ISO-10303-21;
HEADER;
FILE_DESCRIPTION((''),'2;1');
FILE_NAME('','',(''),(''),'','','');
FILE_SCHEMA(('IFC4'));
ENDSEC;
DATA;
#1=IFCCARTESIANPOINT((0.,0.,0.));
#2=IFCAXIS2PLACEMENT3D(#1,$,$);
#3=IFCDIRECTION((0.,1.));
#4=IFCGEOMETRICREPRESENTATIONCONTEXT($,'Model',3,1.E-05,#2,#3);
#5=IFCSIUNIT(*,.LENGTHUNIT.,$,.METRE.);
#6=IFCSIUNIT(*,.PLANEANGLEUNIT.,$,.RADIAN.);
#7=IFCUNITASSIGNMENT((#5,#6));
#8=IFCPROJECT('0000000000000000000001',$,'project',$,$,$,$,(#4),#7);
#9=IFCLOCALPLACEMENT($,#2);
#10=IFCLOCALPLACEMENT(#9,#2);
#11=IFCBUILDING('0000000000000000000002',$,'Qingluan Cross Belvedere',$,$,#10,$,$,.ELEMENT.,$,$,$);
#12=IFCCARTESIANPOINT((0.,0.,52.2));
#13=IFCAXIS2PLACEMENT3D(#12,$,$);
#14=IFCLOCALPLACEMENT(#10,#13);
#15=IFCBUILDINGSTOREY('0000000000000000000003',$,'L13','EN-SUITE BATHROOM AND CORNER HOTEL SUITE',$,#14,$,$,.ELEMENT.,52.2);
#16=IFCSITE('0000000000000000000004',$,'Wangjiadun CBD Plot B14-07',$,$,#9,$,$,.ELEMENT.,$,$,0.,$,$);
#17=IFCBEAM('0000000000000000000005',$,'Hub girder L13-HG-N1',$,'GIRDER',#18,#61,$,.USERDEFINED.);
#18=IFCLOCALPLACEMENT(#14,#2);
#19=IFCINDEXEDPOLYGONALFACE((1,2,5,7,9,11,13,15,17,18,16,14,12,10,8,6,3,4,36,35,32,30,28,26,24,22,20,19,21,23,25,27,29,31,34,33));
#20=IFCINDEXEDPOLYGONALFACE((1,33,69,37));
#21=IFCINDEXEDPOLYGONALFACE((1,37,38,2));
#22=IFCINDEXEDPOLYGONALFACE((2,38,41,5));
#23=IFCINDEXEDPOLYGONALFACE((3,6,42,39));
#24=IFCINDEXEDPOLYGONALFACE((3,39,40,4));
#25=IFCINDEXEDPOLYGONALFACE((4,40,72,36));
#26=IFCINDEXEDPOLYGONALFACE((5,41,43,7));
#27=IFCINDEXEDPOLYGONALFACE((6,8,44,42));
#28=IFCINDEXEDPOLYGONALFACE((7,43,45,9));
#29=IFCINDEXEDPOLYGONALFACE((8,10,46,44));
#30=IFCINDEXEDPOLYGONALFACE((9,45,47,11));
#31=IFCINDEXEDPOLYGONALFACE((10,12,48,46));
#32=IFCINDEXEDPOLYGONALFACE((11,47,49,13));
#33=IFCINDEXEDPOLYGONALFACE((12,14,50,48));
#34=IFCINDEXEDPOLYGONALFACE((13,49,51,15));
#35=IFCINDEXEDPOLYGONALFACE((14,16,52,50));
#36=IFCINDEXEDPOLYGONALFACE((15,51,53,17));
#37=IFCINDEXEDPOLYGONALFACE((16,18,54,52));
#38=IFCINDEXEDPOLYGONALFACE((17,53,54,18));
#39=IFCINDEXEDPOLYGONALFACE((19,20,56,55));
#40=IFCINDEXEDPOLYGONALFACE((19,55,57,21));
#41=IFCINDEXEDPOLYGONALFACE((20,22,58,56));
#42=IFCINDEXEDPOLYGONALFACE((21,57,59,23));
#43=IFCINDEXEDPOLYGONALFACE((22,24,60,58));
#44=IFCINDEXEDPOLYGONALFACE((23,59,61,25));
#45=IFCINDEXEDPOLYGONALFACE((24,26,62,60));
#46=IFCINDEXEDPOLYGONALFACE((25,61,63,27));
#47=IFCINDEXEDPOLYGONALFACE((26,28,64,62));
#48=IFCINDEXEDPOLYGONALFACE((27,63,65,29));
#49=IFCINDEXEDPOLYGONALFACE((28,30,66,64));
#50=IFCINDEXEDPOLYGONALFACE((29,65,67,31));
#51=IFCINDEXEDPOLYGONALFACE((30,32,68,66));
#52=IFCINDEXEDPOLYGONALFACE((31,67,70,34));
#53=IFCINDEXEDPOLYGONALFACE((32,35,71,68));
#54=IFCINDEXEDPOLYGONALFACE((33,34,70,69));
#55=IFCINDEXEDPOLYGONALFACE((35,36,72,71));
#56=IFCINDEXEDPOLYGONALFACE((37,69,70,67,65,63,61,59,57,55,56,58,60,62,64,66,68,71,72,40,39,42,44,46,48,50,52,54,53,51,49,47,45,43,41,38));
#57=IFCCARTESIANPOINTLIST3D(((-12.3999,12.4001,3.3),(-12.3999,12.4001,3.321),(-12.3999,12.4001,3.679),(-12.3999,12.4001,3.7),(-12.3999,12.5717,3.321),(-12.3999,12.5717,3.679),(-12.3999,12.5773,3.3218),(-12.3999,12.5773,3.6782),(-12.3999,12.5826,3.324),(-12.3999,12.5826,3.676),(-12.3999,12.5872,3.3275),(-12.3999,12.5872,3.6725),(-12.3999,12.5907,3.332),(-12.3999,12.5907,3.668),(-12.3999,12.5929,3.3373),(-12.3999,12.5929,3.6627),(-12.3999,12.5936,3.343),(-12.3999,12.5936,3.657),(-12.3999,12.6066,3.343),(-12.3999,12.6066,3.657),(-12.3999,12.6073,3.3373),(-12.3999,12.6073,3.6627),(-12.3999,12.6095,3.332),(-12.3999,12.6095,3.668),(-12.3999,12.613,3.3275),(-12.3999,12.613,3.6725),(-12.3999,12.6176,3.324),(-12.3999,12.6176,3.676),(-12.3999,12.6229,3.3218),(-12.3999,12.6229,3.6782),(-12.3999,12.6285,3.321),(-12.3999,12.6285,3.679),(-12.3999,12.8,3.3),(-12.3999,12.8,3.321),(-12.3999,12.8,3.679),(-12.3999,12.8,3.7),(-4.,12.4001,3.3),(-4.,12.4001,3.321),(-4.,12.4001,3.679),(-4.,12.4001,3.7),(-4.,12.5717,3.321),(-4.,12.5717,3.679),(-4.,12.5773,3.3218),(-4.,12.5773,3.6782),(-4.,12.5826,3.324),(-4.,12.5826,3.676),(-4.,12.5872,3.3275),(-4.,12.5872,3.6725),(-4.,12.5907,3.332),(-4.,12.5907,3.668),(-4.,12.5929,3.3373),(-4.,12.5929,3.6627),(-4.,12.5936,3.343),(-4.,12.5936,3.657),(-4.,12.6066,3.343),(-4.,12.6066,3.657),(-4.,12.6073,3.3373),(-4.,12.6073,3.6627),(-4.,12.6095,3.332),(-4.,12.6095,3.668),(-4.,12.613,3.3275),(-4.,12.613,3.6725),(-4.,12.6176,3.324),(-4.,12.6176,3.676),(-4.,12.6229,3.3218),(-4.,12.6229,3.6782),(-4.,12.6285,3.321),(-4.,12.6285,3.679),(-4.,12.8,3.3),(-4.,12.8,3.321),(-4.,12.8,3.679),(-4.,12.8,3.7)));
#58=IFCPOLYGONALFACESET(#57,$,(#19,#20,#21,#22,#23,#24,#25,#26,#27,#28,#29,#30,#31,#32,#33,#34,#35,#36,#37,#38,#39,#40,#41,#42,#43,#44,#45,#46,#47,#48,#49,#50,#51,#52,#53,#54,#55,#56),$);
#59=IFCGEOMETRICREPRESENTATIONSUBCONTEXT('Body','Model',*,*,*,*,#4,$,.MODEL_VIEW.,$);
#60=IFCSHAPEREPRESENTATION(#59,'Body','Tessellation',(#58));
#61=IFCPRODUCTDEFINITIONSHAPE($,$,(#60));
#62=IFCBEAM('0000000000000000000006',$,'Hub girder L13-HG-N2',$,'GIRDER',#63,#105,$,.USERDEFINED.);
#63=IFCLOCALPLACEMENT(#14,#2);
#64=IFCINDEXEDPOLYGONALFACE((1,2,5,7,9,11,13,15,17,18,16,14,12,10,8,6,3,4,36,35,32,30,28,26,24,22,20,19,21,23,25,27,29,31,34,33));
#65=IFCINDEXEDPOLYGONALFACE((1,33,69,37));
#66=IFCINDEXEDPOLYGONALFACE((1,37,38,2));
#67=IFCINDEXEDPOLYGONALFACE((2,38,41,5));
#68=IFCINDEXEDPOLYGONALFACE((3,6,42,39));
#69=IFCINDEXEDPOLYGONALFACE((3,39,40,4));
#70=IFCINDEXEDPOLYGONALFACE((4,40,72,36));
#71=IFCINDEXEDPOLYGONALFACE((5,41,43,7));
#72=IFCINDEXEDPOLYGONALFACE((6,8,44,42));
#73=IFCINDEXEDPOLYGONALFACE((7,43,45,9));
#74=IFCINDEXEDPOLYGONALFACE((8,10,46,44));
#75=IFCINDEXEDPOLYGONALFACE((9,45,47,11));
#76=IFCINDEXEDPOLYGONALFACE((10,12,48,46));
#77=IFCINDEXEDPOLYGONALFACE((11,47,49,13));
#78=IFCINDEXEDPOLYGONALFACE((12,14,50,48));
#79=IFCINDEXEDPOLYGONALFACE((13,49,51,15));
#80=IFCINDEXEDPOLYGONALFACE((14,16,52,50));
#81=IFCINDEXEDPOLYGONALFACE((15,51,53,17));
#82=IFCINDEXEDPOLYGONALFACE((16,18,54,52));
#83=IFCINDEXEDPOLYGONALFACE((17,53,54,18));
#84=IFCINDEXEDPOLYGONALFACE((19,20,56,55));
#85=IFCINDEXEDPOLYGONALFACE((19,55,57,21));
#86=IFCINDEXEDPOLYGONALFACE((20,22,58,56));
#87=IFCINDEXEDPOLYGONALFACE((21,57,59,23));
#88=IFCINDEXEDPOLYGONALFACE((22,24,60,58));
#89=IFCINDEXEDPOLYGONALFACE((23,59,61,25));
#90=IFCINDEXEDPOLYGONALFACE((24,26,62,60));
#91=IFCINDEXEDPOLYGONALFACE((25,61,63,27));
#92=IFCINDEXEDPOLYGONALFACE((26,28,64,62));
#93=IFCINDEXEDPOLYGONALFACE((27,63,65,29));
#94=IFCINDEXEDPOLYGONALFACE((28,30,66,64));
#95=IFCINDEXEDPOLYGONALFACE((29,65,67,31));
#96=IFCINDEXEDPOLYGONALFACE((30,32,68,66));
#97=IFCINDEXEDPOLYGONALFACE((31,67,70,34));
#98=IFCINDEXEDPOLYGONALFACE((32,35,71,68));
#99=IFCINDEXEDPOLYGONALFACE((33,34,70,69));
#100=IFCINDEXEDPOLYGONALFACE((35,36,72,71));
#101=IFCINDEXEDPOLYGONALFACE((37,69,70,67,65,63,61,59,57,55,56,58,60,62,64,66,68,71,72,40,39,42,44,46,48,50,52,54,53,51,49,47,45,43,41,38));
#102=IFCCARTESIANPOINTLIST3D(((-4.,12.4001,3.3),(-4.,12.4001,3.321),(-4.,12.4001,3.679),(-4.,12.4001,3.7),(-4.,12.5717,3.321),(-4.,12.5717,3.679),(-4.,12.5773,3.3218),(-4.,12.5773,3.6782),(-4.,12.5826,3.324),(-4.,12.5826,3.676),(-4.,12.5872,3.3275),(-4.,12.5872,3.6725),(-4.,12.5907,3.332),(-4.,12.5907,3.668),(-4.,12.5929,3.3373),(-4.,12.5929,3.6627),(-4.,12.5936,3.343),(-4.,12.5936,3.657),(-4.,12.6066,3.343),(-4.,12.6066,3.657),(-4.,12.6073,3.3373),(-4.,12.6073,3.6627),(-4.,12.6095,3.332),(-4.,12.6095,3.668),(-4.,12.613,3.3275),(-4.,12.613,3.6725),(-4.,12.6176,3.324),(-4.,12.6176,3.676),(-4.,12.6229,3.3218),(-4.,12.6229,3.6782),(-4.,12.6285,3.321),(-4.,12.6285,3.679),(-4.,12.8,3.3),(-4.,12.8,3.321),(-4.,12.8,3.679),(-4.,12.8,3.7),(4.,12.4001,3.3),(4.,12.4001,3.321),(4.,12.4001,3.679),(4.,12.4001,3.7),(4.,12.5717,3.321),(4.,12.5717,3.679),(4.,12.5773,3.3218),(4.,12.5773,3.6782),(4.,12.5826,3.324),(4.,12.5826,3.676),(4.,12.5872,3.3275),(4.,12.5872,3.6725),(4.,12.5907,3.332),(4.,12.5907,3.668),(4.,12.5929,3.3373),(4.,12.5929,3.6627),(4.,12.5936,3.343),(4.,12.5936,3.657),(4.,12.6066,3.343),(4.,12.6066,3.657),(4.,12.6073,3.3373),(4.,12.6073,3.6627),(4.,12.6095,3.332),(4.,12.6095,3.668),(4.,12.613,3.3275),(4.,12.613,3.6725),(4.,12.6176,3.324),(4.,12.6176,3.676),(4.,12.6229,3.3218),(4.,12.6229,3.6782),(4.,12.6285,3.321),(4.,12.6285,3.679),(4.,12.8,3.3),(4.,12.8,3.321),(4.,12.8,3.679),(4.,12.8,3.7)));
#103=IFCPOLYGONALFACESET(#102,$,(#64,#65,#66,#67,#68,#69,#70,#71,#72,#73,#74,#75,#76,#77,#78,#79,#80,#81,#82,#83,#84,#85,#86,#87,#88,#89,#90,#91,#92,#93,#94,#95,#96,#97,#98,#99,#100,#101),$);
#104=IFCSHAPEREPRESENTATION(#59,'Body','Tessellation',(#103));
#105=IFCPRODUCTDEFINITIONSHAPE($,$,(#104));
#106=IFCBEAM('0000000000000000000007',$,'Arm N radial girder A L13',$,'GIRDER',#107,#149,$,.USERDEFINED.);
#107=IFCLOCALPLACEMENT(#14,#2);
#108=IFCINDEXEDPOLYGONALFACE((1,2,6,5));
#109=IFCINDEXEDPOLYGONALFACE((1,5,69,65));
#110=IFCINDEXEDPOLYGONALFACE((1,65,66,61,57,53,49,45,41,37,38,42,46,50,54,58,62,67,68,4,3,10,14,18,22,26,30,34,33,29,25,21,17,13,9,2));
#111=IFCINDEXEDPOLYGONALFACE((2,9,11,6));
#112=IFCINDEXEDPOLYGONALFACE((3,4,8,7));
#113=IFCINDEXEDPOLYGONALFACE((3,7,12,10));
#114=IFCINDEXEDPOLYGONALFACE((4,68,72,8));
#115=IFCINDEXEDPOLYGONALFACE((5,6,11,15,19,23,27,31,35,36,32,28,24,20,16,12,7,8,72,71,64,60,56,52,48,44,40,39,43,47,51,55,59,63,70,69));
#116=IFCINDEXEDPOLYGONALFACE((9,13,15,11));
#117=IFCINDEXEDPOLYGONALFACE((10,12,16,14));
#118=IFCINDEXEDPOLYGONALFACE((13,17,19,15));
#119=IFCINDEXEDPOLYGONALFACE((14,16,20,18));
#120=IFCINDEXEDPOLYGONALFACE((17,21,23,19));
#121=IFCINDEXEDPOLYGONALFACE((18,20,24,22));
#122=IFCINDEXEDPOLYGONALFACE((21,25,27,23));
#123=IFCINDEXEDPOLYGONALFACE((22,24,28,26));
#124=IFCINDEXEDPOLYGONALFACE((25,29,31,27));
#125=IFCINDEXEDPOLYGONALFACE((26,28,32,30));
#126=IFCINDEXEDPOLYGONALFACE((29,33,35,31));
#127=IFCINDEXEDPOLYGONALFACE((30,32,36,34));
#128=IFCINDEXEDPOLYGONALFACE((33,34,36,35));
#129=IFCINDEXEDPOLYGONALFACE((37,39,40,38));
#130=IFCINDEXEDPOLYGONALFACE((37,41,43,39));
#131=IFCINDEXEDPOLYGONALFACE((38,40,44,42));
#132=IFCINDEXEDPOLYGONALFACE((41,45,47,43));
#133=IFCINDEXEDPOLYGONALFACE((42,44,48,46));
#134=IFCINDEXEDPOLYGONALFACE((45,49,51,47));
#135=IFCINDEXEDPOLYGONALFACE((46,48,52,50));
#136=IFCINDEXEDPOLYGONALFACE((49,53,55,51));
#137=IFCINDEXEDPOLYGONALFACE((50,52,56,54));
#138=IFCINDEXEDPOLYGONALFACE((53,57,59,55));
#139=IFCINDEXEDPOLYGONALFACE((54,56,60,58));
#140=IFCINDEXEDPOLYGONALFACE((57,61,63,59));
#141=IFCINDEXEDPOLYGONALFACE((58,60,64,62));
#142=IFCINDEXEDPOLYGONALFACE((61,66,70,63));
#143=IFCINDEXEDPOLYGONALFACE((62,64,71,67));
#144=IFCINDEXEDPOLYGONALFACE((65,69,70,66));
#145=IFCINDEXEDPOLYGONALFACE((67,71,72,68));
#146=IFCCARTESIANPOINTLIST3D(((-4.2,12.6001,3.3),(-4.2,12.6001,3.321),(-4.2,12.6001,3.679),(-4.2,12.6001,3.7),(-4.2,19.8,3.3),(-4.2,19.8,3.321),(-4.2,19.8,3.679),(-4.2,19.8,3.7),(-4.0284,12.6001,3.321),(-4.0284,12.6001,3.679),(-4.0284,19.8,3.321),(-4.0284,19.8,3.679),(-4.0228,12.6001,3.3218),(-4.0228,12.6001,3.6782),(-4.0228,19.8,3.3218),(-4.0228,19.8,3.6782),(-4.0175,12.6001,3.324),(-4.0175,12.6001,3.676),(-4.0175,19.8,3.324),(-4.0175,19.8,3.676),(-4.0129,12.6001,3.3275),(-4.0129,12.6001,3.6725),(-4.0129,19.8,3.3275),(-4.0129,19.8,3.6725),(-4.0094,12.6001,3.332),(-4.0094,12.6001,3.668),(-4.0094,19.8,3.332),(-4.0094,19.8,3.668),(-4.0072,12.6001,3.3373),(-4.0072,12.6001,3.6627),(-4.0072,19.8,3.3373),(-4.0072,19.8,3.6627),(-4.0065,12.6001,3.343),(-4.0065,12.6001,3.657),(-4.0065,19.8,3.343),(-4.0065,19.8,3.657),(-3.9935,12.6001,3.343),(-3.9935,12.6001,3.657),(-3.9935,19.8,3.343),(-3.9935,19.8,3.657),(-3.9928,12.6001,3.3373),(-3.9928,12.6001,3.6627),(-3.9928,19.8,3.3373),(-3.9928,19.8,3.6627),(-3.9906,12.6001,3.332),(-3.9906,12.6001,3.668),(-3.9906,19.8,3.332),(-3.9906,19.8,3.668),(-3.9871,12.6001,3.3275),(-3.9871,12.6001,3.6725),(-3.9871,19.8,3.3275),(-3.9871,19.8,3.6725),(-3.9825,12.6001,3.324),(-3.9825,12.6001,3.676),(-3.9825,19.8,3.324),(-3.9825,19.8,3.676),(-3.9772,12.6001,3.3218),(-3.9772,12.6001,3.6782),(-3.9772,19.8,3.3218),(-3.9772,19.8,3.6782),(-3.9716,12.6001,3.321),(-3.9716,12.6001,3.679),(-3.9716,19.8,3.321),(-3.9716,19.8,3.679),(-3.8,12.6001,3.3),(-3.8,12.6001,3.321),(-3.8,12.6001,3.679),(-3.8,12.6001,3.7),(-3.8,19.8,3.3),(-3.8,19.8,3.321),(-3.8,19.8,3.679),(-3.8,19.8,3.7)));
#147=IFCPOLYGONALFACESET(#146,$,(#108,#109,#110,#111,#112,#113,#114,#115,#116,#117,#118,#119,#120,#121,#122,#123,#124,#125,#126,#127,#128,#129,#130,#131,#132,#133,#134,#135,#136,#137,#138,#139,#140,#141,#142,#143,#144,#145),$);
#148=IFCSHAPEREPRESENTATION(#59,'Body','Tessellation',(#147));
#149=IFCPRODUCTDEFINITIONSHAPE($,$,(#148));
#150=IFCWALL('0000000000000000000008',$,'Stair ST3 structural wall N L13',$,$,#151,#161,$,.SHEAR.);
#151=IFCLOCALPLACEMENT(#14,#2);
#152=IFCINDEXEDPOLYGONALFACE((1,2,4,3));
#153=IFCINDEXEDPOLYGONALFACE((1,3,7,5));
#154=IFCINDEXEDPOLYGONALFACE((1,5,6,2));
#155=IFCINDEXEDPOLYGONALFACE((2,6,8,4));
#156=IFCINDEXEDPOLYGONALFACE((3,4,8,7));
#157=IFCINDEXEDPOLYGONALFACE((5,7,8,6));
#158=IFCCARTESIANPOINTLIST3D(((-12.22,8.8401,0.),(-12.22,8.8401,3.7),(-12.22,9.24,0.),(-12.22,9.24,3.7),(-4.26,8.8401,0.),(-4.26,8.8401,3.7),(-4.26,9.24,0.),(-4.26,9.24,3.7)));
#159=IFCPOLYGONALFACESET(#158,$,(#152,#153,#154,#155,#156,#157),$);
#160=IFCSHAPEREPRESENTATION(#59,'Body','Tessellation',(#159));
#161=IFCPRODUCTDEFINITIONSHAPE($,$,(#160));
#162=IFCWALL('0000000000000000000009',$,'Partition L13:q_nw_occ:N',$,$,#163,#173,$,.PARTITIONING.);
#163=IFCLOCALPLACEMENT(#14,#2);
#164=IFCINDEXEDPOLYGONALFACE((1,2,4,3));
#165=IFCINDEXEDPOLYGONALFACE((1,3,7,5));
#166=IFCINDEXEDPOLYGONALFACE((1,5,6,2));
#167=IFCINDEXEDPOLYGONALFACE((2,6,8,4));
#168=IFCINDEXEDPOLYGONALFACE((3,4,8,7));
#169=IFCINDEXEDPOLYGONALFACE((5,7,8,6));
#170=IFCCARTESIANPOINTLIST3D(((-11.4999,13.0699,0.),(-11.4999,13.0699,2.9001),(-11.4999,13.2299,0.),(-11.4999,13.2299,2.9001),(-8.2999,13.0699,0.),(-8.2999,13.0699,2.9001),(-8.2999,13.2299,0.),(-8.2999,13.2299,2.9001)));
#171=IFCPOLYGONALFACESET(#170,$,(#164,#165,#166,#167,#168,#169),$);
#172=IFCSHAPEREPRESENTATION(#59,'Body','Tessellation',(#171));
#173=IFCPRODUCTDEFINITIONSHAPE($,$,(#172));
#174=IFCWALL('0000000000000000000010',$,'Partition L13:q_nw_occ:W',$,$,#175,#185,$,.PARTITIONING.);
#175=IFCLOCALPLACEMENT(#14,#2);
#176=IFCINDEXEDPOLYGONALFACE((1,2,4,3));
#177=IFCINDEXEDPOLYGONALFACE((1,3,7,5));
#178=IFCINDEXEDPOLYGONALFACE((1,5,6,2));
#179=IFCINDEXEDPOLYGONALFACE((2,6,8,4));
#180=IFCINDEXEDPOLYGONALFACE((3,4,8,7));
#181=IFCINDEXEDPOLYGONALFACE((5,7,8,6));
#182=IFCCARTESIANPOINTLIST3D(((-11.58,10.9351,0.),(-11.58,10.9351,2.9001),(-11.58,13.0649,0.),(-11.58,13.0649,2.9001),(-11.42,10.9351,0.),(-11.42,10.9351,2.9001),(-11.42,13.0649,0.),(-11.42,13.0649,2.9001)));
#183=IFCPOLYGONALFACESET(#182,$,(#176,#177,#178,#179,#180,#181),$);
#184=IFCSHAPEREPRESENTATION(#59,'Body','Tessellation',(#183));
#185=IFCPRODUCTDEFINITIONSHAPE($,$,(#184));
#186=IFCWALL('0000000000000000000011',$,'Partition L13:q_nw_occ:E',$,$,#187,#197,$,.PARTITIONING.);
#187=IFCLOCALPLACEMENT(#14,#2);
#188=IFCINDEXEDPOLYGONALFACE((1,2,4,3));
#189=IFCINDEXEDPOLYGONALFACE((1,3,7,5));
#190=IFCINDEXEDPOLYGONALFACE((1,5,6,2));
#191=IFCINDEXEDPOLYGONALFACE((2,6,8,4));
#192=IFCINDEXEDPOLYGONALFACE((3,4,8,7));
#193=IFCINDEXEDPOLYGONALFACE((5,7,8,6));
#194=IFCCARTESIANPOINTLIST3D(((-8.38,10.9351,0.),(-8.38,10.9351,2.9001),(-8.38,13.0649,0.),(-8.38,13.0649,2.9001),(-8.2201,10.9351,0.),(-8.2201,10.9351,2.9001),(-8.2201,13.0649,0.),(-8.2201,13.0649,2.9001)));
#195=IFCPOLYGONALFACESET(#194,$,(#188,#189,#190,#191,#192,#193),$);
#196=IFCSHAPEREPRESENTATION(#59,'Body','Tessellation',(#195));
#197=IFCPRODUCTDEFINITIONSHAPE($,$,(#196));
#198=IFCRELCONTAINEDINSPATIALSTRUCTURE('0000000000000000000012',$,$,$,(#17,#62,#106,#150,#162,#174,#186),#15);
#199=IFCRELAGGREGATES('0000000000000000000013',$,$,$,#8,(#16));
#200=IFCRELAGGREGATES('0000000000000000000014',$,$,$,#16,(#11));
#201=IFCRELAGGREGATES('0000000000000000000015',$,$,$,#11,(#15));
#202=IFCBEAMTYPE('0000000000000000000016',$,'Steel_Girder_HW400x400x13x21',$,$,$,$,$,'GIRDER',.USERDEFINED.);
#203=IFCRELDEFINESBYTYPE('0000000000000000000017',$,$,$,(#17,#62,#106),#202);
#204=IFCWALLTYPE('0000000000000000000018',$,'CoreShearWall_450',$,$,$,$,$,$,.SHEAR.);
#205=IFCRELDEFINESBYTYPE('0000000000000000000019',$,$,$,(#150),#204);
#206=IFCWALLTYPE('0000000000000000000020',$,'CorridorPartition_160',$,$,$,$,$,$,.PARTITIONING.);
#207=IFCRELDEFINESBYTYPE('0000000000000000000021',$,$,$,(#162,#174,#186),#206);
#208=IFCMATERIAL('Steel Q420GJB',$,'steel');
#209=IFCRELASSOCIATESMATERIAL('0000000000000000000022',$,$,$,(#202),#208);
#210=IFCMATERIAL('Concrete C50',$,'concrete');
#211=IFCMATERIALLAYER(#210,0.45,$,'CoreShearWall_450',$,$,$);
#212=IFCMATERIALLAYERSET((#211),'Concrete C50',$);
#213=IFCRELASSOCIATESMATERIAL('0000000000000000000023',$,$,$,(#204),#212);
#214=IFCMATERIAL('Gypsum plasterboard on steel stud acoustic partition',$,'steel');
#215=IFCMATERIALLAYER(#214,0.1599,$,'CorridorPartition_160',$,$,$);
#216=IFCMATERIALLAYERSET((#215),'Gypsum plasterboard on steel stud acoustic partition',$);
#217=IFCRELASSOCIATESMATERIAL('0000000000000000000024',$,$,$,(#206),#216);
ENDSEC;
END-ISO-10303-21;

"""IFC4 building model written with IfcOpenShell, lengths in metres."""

from ifc_helpers import new_model, si_unit, direction, frame, frame_2d, origin, origin_2d, place, context, subcontext, project, spatial, rectangle, i_section, extrude, material, layer, layer_set, material_profile, profile_set, type_object, element, save


model = new_model("IFC4")

# Units and contexts
model_context = context("Model", 3, precision=1e-05, world=origin(), true_north=direction((0.0, 1.0)))
body_context = subcontext(model_context, "Body", "Model", "MODEL_VIEW")
ifc_project = project(units=[si_unit("LENGTHUNIT", "METRE"), si_unit("PLANEANGLEUNIT", "RADIAN")], contexts=[model_context])

# Site, building, storey
site_placement = place(None, origin())
site = spatial("IfcSite", under=ifc_project, at=site_placement, Name="Wangjiadun CBD Plot B14-07", CompositionType="ELEMENT", RefElevation=0.0)
building_placement = place(site_placement, origin())
building = spatial("IfcBuilding", under=site, at=building_placement, Name="Qingluan Cross Belvedere", CompositionType="ELEMENT")
storey_placement = place(building_placement, frame((0.0, 0.0, 52.2)))
storey = spatial("IfcBuildingStorey", under=building, at=storey_placement, Name="L13", Description="EN-SUITE BATHROOM AND CORNER HOTEL SUITE", CompositionType="ELEMENT", Elevation=52.2)

# Beams
ifc_material_1 = material(Name="Steel Q420GJB", Category="steel")
ifc_material_profile_1 = material_profile(ifc_material_1, i_section(OverallWidth=0.3999, OverallDepth=0.3999, WebThickness=0.0129, FlangeThickness=0.021, FilletRadius=0.022, at=origin_2d()), Name="HW400x400x13x21")
ifc_profile_set_1 = profile_set([ifc_material_profile_1], Name="Steel Q420GJB")
beam_type_1 = type_object("IfcBeamType", Name="Steel_Girder_HW400x400x13x21", ElementType="GIRDER", PredefinedType="USERDEFINED", material=ifc_profile_set_1)
beam_1_placement = place(storey_placement, frame((-12.3999, 12.6001, 3.5), z_axis=(1.0, 0.0, 0.0), x_axis=(0.0, 1.0, 0.0)))
element("IfcBeam", 1, at=beam_1_placement, inside=storey, type_object=beam_type_1, Name="Hub girder L13-HG-N1", ObjectType="GIRDER", PredefinedType="USERDEFINED", context=body_context, shape_type="SweptSolid", body=[
    extrude(i_section(OverallWidth=0.3999, OverallDepth=0.3999, WebThickness=0.0129, FlangeThickness=0.021, FilletRadius=0.022, at=origin_2d()), origin(), (0.0, 0.0, 1.0), 8.3999),
])
beam_2_placement = place(storey_placement, frame((-4.0, 12.6001, 3.5), z_axis=(1.0, 0.0, 0.0), x_axis=(0.0, 1.0, 0.0)))
element("IfcBeam", 2, at=beam_2_placement, inside=storey, type_object=beam_type_1, Name="Hub girder L13-HG-N2", ObjectType="GIRDER", PredefinedType="USERDEFINED", context=body_context, shape_type="SweptSolid", body=[
    extrude(i_section(OverallWidth=0.3999, OverallDepth=0.3999, WebThickness=0.0129, FlangeThickness=0.021, FilletRadius=0.022, at=origin_2d()), origin(), (0.0, 0.0, 1.0), 8.0),
])
beam_3_placement = place(storey_placement, frame((-4.0, 12.6001, 3.5), z_axis=(0.0, 1.0, 0.0), x_axis=(-1.0, 0.0, 0.0)))
element("IfcBeam", 3, at=beam_3_placement, inside=storey, type_object=beam_type_1, Name="Arm N radial girder A L13", ObjectType="GIRDER", PredefinedType="USERDEFINED", context=body_context, shape_type="SweptSolid", body=[
    extrude(i_section(OverallWidth=0.3999, OverallDepth=0.3999, WebThickness=0.0129, FlangeThickness=0.021, FilletRadius=0.022, at=origin_2d()), origin(), (0.0, 0.0, 1.0), 7.2),
])

# Wall
ifc_material_2 = material(Name="Concrete C50", Category="concrete")
ifc_layer_1 = layer(ifc_material_2, 0.45, Name="CoreShearWall_450")
ifc_layer_set_1 = layer_set([ifc_layer_1], Name="Concrete C50")
wall_type_1 = type_object("IfcWallType", Name="CoreShearWall_450", PredefinedType="SHEAR", material=ifc_layer_set_1)
wall_1_placement = place(storey_placement, frame((-12.22, 9.04, 0.0), z_axis=(0.0, 0.0, 1.0), x_axis=(1.0, 0.0, 0.0)))
element("IfcWall", 4, at=wall_1_placement, inside=storey, type_object=wall_type_1, Name="Stair ST3 structural wall N L13", PredefinedType="SHEAR", context=body_context, shape_type="SweptSolid", body=[
    extrude(rectangle(XDim=7.96, YDim=0.3999, at=frame_2d((3.98, 0.0))), origin(), (0.0, 0.0, 1.0), 3.7),
])

# Shared definitions
ifc_material_3 = material(Name="Gypsum plasterboard on steel stud acoustic partition", Category="steel")
ifc_layer_2 = layer(ifc_material_3, 0.1599, Name="CorridorPartition_160")
ifc_layer_set_2 = layer_set([ifc_layer_2], Name="Gypsum plasterboard on steel stud acoustic partition")
wall_type_2 = type_object("IfcWallType", Name="CorridorPartition_160", PredefinedType="PARTITIONING", material=ifc_layer_set_2)

# Walls
wall_2_placement = place(storey_placement, frame((-11.5, 13.1499, 0.0), z_axis=(0.0, 0.0, 1.0), x_axis=(1.0, 0.0, 0.0)))
element("IfcWall", 5, at=wall_2_placement, inside=storey, type_object=wall_type_2, Name="Partition L13:q_nw_occ:N", PredefinedType="PARTITIONING", context=body_context, shape_type="SweptSolid", body=[
    extrude(rectangle(XDim=3.2, YDim=0.1599, at=frame_2d((1.6001, 0.0))), origin(), (0.0, 0.0, 1.0), 2.9001),
])
for number, where, z_axis, x_axis, name in (
    (6, (-11.5, 10.9351, 0.0), (0.0, 0.0, 1.0), (0.0, 1.0, 0.0), "Partition L13:q_nw_occ:W"),
    (7, (-8.3, 10.9351, 0.0), (0.0, 0.0, 1.0), (0.0, 1.0, 0.0), "Partition L13:q_nw_occ:E"),
):
    element("IfcWall", number, at=place(storey_placement, frame(where, z_axis=z_axis, x_axis=x_axis)), inside=storey, type_object=wall_type_2, Name=name, PredefinedType="PARTITIONING", context=body_context, shape_type="SweptSolid", body=[
        extrude(rectangle(XDim=2.1299, YDim=0.1599, at=frame_2d((1.0649, 0.0))), origin(), (0.0, 0.0, 1.0), 2.9001),
    ])

save(model, "model.ifc")
